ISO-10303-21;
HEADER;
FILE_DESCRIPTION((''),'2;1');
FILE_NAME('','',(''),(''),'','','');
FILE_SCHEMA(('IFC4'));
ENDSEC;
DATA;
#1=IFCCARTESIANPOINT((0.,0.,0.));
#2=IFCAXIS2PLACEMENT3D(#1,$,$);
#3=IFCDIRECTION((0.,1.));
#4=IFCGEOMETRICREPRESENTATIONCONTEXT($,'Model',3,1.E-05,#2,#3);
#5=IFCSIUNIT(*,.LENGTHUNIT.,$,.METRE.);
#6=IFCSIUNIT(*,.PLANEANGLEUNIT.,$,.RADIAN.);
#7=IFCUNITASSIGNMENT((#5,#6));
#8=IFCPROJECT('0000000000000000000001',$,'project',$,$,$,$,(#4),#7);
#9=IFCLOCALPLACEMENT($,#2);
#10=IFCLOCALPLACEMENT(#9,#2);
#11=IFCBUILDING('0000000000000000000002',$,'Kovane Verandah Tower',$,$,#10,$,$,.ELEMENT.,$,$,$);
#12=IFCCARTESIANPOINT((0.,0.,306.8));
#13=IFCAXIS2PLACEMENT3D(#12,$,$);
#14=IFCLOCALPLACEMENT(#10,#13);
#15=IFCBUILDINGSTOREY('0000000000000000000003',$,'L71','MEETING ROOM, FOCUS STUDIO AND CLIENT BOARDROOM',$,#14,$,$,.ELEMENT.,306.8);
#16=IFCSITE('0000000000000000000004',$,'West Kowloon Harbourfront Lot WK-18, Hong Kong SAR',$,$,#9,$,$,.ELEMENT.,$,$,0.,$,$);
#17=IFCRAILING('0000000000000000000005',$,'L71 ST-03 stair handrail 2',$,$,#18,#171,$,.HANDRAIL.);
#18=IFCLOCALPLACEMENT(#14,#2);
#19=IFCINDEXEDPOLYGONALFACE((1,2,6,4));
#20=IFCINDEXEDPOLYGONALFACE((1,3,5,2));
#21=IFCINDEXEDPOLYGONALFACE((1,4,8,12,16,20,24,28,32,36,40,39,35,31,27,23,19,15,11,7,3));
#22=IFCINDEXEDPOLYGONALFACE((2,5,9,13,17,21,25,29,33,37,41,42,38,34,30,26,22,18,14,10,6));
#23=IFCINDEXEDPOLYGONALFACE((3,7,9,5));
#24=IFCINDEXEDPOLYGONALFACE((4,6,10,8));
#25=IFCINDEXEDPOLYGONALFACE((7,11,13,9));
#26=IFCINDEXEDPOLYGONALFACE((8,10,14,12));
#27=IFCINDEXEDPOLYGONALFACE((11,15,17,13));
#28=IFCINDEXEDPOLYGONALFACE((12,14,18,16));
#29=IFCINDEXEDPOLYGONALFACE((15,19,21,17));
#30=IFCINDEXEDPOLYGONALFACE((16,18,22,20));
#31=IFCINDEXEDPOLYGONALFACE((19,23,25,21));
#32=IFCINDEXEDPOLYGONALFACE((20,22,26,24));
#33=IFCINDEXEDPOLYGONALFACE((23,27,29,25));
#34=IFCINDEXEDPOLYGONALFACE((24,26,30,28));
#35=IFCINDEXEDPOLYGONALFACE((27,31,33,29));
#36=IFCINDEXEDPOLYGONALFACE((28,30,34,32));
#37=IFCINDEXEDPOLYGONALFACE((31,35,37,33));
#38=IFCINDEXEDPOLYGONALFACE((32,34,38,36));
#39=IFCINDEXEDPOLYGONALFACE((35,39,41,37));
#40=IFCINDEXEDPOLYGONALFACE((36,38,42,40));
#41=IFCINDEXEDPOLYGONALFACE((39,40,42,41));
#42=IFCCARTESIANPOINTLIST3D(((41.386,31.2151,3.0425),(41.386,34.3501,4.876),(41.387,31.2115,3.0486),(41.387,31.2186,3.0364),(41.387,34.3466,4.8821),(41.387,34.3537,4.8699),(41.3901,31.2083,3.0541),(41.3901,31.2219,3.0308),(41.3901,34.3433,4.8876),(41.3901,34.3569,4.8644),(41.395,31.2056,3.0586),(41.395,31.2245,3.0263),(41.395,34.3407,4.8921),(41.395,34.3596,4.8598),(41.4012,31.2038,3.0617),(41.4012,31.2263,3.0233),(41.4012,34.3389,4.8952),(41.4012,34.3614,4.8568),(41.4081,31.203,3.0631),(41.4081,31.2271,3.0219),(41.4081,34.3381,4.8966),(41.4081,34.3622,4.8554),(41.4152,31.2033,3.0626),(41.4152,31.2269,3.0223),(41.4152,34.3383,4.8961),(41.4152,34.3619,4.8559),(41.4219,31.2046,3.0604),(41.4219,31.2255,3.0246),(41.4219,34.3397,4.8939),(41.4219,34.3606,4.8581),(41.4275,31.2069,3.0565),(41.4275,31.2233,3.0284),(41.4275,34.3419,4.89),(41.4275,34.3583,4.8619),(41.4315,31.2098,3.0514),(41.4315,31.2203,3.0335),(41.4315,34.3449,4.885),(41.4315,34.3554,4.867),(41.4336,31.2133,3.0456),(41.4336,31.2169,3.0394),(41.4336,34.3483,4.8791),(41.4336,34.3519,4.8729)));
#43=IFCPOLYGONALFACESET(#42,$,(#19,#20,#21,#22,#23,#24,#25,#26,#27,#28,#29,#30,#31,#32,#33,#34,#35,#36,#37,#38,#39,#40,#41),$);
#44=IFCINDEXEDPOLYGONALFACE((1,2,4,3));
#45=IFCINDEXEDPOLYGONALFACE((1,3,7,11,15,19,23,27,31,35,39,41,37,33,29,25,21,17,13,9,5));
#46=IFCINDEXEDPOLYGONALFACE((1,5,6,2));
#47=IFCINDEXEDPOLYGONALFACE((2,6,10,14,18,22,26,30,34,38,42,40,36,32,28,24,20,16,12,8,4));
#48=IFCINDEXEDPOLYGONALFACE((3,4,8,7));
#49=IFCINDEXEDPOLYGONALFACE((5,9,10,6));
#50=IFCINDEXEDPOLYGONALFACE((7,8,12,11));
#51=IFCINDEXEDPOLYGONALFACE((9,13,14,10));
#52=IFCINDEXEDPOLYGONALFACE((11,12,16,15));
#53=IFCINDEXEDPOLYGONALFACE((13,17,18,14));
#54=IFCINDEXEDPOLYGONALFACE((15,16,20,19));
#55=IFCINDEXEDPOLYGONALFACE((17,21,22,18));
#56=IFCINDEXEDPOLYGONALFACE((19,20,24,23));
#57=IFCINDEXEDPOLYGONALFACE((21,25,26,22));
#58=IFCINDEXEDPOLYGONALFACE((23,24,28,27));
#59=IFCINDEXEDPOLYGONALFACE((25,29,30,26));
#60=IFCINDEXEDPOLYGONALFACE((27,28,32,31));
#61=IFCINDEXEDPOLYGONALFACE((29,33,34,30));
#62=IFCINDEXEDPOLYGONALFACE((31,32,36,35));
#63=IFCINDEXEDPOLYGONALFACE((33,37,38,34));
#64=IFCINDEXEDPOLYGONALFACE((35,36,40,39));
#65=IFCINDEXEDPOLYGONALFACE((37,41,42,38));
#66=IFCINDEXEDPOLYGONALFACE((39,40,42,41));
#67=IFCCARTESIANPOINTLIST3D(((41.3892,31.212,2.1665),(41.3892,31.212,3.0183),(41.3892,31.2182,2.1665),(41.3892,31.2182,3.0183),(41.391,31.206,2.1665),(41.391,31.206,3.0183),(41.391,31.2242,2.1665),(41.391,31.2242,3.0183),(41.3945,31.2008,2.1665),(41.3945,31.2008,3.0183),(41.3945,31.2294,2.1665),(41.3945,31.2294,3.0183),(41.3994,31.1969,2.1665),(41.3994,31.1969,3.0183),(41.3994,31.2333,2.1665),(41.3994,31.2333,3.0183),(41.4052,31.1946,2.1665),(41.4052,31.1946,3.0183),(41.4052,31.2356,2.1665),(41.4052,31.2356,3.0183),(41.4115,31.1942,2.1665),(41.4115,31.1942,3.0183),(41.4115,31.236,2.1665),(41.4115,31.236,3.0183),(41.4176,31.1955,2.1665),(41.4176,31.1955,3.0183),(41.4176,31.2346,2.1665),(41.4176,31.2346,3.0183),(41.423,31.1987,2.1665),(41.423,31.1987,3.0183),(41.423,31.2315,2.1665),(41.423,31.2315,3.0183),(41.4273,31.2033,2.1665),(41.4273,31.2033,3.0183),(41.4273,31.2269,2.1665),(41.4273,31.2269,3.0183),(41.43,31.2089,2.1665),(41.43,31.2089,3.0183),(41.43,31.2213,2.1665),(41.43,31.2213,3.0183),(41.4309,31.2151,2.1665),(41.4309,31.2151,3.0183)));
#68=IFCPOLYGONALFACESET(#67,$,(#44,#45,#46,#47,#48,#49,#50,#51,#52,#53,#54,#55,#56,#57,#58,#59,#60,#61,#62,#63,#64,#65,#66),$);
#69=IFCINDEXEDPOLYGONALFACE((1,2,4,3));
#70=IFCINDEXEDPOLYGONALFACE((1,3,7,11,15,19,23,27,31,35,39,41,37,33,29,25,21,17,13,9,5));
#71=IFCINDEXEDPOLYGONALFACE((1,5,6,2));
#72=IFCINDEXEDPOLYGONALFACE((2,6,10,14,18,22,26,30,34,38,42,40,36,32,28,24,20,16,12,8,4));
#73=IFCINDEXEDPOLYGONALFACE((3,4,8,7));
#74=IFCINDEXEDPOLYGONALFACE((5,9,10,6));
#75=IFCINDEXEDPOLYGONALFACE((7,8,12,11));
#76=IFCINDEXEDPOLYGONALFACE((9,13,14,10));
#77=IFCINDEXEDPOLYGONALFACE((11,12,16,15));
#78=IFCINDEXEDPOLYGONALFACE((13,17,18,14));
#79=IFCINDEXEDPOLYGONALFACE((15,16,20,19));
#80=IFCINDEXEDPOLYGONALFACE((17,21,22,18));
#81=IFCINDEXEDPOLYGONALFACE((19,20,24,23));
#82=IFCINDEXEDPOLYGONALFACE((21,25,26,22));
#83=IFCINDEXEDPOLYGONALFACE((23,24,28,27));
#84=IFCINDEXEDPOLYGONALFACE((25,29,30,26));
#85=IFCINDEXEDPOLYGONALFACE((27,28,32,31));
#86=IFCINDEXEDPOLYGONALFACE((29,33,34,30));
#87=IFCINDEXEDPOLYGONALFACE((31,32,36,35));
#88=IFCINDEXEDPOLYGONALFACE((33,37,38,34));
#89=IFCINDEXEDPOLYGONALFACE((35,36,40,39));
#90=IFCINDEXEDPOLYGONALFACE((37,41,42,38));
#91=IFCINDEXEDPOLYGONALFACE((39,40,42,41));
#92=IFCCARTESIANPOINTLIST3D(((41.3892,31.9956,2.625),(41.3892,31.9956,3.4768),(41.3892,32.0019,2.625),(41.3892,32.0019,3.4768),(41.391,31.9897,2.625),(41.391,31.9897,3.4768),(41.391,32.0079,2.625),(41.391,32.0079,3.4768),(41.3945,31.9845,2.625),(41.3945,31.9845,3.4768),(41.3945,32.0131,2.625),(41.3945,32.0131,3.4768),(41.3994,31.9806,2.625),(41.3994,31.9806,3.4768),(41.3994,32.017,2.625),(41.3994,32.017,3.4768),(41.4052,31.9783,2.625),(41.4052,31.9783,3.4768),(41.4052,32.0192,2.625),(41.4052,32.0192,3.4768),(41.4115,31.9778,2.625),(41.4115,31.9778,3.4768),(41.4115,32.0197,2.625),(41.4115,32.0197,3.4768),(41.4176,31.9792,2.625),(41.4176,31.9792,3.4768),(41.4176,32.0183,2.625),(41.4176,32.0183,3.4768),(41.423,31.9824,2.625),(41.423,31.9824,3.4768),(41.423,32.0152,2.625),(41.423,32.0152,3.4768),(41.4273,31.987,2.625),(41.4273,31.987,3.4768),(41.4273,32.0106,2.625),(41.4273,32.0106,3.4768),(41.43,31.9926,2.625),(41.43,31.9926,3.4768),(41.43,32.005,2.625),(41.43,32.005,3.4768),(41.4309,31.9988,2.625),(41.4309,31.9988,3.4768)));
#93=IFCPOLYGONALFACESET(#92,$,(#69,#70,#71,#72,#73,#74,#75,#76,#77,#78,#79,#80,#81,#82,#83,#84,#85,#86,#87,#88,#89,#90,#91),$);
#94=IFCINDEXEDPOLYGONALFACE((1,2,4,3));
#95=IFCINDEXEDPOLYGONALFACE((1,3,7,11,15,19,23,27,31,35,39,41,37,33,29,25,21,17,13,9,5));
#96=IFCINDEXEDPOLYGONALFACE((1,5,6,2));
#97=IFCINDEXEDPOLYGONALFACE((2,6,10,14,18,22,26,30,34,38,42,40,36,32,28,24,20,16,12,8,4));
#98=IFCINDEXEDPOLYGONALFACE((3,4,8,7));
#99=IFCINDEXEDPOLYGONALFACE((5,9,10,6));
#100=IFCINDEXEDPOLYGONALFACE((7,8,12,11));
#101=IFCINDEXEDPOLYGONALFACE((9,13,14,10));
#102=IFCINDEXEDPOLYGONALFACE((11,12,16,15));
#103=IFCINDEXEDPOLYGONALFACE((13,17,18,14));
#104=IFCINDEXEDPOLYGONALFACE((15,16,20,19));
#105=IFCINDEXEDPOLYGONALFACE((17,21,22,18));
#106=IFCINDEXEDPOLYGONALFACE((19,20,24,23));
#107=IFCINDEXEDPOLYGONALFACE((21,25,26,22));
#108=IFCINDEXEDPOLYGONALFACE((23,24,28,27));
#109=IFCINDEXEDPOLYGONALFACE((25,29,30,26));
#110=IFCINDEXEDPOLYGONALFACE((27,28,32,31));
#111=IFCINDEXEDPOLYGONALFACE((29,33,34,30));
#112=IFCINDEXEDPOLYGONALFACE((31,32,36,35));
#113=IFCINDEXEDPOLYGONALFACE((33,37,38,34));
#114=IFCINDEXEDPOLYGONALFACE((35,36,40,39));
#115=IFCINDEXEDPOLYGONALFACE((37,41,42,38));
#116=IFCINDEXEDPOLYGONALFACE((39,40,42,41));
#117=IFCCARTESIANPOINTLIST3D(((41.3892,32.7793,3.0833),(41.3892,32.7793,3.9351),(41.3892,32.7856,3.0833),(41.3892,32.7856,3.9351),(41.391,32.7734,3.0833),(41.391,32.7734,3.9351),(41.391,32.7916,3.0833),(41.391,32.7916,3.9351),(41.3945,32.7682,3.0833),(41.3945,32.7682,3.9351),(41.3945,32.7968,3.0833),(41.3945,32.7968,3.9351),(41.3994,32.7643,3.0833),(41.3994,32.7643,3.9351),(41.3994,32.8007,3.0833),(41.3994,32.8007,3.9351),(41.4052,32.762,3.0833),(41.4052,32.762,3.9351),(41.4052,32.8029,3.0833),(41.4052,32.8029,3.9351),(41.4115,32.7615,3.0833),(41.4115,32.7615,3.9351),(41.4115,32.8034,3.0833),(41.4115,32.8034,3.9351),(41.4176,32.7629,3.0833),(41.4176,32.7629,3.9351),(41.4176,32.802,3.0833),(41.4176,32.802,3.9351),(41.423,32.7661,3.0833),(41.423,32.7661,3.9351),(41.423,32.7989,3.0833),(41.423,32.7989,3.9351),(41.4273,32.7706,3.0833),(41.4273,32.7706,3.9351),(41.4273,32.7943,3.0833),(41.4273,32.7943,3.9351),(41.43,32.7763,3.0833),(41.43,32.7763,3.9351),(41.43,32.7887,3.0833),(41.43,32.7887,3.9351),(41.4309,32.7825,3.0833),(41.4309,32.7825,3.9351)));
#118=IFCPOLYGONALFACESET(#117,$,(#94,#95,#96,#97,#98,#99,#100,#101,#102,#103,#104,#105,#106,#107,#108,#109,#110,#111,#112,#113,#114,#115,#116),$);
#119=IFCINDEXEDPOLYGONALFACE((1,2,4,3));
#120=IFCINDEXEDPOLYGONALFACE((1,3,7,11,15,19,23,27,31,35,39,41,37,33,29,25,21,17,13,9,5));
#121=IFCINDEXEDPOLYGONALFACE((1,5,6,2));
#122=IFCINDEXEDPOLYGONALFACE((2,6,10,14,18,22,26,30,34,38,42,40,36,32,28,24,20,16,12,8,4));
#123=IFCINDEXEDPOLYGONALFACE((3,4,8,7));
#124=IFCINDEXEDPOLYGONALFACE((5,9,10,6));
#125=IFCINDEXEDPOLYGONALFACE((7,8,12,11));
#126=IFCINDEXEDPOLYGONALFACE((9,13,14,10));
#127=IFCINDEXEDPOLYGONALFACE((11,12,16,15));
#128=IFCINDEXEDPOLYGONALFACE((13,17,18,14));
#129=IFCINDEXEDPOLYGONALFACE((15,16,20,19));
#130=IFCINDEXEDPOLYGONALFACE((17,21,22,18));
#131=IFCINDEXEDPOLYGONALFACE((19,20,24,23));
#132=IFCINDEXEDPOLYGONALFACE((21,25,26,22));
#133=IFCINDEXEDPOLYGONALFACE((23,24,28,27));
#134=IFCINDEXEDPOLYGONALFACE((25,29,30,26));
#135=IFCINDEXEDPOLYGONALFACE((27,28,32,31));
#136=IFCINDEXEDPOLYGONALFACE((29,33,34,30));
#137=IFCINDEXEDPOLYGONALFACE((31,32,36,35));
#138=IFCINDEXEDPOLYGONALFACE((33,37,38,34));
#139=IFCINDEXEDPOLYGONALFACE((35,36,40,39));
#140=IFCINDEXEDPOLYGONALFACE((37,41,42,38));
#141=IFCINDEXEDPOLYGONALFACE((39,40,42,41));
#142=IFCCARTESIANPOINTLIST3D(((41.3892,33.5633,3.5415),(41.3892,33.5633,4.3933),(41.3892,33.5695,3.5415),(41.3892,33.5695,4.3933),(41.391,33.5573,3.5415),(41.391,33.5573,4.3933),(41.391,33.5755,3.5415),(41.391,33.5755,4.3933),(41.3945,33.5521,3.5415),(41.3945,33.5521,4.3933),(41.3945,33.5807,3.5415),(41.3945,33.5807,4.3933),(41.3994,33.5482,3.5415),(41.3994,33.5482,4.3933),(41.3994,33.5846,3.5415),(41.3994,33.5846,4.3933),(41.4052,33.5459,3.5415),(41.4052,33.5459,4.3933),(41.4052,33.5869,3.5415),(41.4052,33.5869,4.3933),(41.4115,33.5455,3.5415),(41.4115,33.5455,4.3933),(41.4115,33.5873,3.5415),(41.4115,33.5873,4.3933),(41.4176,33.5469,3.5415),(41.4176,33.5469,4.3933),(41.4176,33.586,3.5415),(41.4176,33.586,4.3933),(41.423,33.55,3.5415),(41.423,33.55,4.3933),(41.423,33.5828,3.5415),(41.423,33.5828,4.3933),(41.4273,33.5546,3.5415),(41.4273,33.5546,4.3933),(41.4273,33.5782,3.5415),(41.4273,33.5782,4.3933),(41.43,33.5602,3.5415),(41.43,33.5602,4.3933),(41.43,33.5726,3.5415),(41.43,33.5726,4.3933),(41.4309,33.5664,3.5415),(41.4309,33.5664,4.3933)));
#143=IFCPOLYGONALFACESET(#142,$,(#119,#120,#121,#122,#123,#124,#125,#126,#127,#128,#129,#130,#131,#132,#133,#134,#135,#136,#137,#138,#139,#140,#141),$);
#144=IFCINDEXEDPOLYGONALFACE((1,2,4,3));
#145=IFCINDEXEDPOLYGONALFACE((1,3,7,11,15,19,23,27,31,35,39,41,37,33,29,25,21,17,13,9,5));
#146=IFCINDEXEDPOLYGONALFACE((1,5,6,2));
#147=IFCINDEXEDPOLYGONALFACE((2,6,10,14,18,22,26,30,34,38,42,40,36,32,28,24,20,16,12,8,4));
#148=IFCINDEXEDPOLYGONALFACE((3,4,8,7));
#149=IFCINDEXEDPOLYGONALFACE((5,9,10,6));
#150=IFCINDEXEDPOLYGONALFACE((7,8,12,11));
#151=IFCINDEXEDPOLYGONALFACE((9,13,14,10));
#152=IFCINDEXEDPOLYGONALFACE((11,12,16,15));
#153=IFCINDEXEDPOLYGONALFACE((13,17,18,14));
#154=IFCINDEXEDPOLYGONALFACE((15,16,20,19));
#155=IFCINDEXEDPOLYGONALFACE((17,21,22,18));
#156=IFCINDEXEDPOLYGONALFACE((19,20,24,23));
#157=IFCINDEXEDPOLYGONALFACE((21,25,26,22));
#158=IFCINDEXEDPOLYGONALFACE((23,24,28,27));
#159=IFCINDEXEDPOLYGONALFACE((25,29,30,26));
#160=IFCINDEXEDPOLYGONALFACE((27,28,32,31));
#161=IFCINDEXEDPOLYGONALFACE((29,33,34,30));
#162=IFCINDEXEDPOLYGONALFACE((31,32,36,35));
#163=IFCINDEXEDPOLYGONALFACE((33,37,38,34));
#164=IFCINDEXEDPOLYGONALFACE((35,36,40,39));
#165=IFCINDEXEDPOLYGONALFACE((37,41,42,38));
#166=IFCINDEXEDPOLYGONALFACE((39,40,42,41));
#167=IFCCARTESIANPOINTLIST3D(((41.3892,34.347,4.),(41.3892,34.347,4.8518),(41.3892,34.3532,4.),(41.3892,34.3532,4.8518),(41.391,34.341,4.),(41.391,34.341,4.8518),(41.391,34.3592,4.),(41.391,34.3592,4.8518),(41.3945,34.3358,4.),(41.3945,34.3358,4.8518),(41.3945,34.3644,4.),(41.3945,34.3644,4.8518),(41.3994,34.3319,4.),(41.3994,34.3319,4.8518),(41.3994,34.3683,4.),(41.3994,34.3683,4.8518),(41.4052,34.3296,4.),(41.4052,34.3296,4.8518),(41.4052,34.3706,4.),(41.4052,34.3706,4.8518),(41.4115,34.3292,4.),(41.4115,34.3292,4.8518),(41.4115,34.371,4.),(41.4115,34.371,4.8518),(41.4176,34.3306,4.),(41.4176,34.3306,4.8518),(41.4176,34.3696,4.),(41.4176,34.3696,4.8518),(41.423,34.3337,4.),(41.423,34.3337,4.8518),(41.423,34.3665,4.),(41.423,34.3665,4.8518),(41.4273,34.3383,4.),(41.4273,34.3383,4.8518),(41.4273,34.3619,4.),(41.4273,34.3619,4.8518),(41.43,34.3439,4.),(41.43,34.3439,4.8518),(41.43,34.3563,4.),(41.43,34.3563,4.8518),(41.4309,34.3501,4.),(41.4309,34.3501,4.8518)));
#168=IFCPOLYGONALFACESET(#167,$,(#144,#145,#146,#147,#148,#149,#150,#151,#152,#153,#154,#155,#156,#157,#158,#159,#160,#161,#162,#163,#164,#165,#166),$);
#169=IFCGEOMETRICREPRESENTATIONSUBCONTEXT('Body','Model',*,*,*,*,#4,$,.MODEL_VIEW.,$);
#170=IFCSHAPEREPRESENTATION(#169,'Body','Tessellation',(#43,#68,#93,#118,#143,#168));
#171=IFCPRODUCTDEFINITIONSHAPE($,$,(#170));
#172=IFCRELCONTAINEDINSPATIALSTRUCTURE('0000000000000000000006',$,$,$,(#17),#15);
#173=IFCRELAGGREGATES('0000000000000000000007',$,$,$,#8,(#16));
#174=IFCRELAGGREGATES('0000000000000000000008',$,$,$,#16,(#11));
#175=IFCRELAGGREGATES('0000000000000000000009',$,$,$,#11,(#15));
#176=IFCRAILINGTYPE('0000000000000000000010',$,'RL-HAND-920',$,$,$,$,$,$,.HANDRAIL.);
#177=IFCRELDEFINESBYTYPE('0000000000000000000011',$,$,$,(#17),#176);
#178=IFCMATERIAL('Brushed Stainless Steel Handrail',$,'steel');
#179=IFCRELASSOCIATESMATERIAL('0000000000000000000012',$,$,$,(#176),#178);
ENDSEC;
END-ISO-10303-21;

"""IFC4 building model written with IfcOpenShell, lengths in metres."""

from ifc_helpers import new_model, si_unit, direction, frame, origin, origin_2d, place, context, subcontext, project, spatial, circle, extrude, material, type_object, element, save


model = new_model("IFC4")

# Units and contexts
model_context = context("Model", 3, precision=1e-05, world=origin(), true_north=direction((0.0, 1.0)))
body_context = subcontext(model_context, "Body", "Model", "MODEL_VIEW")
ifc_project = project(units=[si_unit("LENGTHUNIT", "METRE"), si_unit("PLANEANGLEUNIT", "RADIAN")], contexts=[model_context])

# Site, building, storey
site_placement = place(None, origin())
site = spatial("IfcSite", under=ifc_project, at=site_placement, Name="West Kowloon Harbourfront Lot WK-18, Hong Kong SAR", CompositionType="ELEMENT", RefElevation=0.0)
building_placement = place(site_placement, origin())
building = spatial("IfcBuilding", under=site, at=building_placement, Name="Kovane Verandah Tower", CompositionType="ELEMENT")
storey_placement = place(building_placement, frame((0.0, 0.0, 306.8)))
storey = spatial("IfcBuildingStorey", under=building, at=storey_placement, Name="L71", Description="MEETING ROOM, FOCUS STUDIO AND CLIENT BOARDROOM", CompositionType="ELEMENT", Elevation=306.8)

# Railing
ifc_material_1 = material(Name="Brushed Stainless Steel Handrail", Category="steel")
railing_type_1 = type_object("IfcRailingType", Name="RL-HAND-920", PredefinedType="HANDRAIL", material=ifc_material_1)
railing_1_placement = place(storey_placement, frame((41.4099, 31.2151, 2.1665)))
element("IfcRailing", 1, at=railing_1_placement, inside=storey, type_object=railing_type_1, Name="L71 ST-03 stair handrail 2", PredefinedType="HANDRAIL", context=body_context, shape_type="SweptSolid", body=[
    extrude(circle(Radius=0.0239, at=origin_2d()), frame((0.0, 0.0, 0.876), z_axis=(0.0, 0.86321, 0.504845), x_axis=(-1.0, 0.0, 0.0)), (0.0, 0.0, 1.0), 3.6318),
    extrude(circle(Radius=0.021, at=origin_2d()), origin(), (0.0, 0.0, 1.0), 0.8518),
    extrude(circle(Radius=0.021, at=origin_2d()), frame((0.0, 0.7837, 0.4585)), (0.0, 0.0, 1.0), 0.8518),
    extrude(circle(Radius=0.021, at=origin_2d()), frame((0.0, 1.5674, 0.9167)), (0.0, 0.0, 1.0), 0.8518),
    extrude(circle(Radius=0.021, at=origin_2d()), frame((0.0, 2.3513, 1.375)), (0.0, 0.0, 1.0), 0.8518),
    extrude(circle(Radius=0.021, at=origin_2d()), frame((0.0, 3.135, 1.8335)), (0.0, 0.0, 1.0), 0.8518),
])

save(model, "model.ifc")
